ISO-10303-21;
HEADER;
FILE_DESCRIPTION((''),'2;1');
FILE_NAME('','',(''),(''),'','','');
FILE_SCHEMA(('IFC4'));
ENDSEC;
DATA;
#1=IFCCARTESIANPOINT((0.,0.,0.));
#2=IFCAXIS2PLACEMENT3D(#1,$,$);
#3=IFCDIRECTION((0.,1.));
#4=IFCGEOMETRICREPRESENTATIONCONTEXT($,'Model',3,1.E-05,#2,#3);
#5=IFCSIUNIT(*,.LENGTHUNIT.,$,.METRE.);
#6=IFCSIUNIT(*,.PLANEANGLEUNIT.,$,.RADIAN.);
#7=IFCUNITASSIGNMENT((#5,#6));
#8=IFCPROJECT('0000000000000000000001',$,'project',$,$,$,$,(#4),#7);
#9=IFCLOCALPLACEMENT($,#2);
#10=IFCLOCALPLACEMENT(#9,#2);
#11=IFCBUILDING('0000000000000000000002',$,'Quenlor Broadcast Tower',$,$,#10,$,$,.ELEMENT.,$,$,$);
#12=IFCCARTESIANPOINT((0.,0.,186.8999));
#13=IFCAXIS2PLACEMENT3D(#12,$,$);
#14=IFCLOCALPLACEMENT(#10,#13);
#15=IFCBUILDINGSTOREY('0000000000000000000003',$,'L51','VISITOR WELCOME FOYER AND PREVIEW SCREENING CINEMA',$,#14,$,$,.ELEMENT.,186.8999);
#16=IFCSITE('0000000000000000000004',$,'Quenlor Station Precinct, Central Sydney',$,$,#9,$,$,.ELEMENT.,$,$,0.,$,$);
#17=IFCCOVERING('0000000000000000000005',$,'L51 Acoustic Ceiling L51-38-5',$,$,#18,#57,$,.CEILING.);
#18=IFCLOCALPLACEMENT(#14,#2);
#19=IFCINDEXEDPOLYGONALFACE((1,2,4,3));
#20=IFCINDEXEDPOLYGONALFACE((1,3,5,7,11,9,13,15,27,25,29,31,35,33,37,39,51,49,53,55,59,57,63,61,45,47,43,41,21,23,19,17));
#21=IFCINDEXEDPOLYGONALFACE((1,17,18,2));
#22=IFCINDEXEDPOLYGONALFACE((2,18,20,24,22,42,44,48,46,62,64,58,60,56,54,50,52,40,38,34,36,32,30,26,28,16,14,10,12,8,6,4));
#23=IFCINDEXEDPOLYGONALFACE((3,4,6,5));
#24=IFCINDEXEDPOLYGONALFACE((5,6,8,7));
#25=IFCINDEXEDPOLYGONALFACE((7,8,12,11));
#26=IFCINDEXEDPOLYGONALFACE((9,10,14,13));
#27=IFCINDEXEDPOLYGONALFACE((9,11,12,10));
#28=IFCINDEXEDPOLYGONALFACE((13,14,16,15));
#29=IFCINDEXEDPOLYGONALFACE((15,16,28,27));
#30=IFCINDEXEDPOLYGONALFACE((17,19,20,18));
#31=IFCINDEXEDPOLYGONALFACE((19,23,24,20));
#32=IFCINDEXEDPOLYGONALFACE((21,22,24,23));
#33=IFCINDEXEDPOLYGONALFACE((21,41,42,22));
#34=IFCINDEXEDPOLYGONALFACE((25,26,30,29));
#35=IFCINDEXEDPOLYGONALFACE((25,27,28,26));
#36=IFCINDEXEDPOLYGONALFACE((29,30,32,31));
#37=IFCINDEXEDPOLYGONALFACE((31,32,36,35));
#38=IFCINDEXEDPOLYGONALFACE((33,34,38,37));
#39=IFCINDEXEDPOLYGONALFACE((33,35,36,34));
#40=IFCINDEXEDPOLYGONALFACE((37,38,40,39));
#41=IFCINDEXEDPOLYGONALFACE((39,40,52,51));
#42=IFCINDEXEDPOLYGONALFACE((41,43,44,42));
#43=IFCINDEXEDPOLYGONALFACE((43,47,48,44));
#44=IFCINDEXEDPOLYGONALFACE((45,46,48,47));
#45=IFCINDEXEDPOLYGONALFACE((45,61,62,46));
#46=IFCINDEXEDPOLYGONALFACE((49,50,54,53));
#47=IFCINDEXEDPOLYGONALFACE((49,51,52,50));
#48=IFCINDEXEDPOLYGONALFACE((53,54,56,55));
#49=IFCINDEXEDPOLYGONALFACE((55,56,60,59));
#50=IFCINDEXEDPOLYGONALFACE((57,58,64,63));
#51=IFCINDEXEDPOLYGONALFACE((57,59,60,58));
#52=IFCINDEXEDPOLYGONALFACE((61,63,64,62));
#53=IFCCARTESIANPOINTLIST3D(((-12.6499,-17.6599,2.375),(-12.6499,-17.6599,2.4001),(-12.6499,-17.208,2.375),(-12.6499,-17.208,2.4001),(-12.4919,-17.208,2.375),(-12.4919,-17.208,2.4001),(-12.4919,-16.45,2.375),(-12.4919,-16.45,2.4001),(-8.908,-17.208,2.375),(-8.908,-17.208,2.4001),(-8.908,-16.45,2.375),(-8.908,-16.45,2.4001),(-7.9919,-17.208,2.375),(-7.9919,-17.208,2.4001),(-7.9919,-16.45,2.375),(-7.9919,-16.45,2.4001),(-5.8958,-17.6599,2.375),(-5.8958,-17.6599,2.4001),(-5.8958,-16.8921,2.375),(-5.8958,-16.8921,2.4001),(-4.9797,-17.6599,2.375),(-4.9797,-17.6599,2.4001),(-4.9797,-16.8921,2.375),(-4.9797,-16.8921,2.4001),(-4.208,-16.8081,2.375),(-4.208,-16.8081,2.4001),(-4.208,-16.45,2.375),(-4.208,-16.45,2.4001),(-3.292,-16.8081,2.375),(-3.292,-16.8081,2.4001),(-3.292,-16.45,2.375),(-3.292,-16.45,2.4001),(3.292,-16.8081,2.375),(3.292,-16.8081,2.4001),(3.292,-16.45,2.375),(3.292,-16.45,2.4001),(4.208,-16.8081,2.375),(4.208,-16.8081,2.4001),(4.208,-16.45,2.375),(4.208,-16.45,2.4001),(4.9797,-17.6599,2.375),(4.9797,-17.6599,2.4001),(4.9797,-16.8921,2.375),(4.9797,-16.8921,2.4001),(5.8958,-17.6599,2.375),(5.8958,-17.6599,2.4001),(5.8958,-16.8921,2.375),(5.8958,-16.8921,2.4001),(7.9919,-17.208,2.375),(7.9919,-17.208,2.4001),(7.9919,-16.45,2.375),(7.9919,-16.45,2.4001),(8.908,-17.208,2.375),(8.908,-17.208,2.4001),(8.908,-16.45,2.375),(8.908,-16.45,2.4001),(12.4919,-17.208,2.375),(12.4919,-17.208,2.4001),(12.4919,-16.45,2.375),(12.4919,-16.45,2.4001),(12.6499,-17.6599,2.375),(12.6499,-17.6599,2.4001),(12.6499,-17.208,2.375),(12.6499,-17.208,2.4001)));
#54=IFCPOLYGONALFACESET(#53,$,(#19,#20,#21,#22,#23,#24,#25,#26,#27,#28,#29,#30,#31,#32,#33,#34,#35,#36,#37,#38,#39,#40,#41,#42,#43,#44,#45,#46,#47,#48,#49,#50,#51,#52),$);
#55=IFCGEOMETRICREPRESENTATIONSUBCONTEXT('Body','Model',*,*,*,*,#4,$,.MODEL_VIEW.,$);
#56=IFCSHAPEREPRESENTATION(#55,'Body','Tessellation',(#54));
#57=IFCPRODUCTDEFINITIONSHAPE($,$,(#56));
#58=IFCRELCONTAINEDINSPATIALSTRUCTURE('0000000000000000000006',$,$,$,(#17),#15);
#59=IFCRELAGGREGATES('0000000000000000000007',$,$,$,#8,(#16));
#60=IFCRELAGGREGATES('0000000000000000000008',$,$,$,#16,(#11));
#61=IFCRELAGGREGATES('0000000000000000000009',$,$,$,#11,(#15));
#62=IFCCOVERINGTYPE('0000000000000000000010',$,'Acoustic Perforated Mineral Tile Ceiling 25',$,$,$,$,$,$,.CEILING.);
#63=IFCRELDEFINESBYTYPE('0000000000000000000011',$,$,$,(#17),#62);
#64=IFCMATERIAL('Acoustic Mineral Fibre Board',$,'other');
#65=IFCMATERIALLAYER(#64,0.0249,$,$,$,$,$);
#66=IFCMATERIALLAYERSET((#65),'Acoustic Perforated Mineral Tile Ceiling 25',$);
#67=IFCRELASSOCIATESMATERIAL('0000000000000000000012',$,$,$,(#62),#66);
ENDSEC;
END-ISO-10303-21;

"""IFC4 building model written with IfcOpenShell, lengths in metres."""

from ifc_helpers import new_model, si_unit, direction, frame, origin, place, context, subcontext, project, spatial, polyline, outline, extrude, material, layer, layer_set, type_object, element, save


model = new_model("IFC4")

# Units and contexts
model_context = context("Model", 3, precision=1e-05, world=origin(), true_north=direction((0.0, 1.0)))
body_context = subcontext(model_context, "Body", "Model", "MODEL_VIEW")
ifc_project = project(units=[si_unit("LENGTHUNIT", "METRE"), si_unit("PLANEANGLEUNIT", "RADIAN")], contexts=[model_context])

# Site, building, storey
site_placement = place(None, origin())
site = spatial("IfcSite", under=ifc_project, at=site_placement, Name="Quenlor Station Precinct, Central Sydney", CompositionType="ELEMENT", RefElevation=0.0)
building_placement = place(site_placement, origin())
building = spatial("IfcBuilding", under=site, at=building_placement, Name="Quenlor Broadcast Tower", CompositionType="ELEMENT")
storey_placement = place(building_placement, frame((0.0, 0.0, 186.8999)))
storey = spatial("IfcBuildingStorey", under=building, at=storey_placement, Name="L51", Description="VISITOR WELCOME FOYER AND PREVIEW SCREENING CINEMA", CompositionType="ELEMENT", Elevation=186.8999)

# Covering
ifc_material_1 = material(Name="Acoustic Mineral Fibre Board", Category="other")
ifc_layer_1 = layer(ifc_material_1, 0.0249)
ifc_layer_set_1 = layer_set([ifc_layer_1], Name="Acoustic Perforated Mineral Tile Ceiling 25")
covering_type = type_object("IfcCoveringType", Name="Acoustic Perforated Mineral Tile Ceiling 25", PredefinedType="CEILING", material=ifc_layer_set_1)
covering_1_placement = place(storey_placement, frame((0.0, 0.0, 2.375)))
element("IfcCovering", 1, at=covering_1_placement, inside=storey, type_object=covering_type, Name="L51 Acoustic Ceiling L51-38-5", PredefinedType="CEILING", context=body_context, shape_type="SweptSolid", body=[
    extrude(outline(polyline([(-12.4919, -17.208), (-12.4919, -16.45), (-8.908, -16.45), (-8.908, -17.208), (-7.9919, -17.208), (-7.9919, -16.45), (-4.208, -16.45), (-4.208, -16.8081), (-3.292, -16.8081), (-3.292, -16.45), (3.292, -16.45), (3.292, -16.8081), (4.208, -16.8081), (4.208, -16.45), (7.9919, -16.45), (7.9919, -17.208), (8.908, -17.208), (8.908, -16.45), (12.4919, -16.45), (12.4919, -17.208), (12.6499, -17.208), (12.6499, -17.6599), (5.8958, -17.6599), (5.8958, -16.8921), (4.9797, -16.8921), (4.9797, -17.6599), (-4.9797, -17.6599), (-4.9797, -16.8921), (-5.8958, -16.8921), (-5.8958, -17.6599), (-12.6499, -17.6599), (-12.6499, -17.208), (-12.4919, -17.208)])), origin(), (0.0, 0.0, 1.0), 0.0251),
])

save(model, "model.ifc")
